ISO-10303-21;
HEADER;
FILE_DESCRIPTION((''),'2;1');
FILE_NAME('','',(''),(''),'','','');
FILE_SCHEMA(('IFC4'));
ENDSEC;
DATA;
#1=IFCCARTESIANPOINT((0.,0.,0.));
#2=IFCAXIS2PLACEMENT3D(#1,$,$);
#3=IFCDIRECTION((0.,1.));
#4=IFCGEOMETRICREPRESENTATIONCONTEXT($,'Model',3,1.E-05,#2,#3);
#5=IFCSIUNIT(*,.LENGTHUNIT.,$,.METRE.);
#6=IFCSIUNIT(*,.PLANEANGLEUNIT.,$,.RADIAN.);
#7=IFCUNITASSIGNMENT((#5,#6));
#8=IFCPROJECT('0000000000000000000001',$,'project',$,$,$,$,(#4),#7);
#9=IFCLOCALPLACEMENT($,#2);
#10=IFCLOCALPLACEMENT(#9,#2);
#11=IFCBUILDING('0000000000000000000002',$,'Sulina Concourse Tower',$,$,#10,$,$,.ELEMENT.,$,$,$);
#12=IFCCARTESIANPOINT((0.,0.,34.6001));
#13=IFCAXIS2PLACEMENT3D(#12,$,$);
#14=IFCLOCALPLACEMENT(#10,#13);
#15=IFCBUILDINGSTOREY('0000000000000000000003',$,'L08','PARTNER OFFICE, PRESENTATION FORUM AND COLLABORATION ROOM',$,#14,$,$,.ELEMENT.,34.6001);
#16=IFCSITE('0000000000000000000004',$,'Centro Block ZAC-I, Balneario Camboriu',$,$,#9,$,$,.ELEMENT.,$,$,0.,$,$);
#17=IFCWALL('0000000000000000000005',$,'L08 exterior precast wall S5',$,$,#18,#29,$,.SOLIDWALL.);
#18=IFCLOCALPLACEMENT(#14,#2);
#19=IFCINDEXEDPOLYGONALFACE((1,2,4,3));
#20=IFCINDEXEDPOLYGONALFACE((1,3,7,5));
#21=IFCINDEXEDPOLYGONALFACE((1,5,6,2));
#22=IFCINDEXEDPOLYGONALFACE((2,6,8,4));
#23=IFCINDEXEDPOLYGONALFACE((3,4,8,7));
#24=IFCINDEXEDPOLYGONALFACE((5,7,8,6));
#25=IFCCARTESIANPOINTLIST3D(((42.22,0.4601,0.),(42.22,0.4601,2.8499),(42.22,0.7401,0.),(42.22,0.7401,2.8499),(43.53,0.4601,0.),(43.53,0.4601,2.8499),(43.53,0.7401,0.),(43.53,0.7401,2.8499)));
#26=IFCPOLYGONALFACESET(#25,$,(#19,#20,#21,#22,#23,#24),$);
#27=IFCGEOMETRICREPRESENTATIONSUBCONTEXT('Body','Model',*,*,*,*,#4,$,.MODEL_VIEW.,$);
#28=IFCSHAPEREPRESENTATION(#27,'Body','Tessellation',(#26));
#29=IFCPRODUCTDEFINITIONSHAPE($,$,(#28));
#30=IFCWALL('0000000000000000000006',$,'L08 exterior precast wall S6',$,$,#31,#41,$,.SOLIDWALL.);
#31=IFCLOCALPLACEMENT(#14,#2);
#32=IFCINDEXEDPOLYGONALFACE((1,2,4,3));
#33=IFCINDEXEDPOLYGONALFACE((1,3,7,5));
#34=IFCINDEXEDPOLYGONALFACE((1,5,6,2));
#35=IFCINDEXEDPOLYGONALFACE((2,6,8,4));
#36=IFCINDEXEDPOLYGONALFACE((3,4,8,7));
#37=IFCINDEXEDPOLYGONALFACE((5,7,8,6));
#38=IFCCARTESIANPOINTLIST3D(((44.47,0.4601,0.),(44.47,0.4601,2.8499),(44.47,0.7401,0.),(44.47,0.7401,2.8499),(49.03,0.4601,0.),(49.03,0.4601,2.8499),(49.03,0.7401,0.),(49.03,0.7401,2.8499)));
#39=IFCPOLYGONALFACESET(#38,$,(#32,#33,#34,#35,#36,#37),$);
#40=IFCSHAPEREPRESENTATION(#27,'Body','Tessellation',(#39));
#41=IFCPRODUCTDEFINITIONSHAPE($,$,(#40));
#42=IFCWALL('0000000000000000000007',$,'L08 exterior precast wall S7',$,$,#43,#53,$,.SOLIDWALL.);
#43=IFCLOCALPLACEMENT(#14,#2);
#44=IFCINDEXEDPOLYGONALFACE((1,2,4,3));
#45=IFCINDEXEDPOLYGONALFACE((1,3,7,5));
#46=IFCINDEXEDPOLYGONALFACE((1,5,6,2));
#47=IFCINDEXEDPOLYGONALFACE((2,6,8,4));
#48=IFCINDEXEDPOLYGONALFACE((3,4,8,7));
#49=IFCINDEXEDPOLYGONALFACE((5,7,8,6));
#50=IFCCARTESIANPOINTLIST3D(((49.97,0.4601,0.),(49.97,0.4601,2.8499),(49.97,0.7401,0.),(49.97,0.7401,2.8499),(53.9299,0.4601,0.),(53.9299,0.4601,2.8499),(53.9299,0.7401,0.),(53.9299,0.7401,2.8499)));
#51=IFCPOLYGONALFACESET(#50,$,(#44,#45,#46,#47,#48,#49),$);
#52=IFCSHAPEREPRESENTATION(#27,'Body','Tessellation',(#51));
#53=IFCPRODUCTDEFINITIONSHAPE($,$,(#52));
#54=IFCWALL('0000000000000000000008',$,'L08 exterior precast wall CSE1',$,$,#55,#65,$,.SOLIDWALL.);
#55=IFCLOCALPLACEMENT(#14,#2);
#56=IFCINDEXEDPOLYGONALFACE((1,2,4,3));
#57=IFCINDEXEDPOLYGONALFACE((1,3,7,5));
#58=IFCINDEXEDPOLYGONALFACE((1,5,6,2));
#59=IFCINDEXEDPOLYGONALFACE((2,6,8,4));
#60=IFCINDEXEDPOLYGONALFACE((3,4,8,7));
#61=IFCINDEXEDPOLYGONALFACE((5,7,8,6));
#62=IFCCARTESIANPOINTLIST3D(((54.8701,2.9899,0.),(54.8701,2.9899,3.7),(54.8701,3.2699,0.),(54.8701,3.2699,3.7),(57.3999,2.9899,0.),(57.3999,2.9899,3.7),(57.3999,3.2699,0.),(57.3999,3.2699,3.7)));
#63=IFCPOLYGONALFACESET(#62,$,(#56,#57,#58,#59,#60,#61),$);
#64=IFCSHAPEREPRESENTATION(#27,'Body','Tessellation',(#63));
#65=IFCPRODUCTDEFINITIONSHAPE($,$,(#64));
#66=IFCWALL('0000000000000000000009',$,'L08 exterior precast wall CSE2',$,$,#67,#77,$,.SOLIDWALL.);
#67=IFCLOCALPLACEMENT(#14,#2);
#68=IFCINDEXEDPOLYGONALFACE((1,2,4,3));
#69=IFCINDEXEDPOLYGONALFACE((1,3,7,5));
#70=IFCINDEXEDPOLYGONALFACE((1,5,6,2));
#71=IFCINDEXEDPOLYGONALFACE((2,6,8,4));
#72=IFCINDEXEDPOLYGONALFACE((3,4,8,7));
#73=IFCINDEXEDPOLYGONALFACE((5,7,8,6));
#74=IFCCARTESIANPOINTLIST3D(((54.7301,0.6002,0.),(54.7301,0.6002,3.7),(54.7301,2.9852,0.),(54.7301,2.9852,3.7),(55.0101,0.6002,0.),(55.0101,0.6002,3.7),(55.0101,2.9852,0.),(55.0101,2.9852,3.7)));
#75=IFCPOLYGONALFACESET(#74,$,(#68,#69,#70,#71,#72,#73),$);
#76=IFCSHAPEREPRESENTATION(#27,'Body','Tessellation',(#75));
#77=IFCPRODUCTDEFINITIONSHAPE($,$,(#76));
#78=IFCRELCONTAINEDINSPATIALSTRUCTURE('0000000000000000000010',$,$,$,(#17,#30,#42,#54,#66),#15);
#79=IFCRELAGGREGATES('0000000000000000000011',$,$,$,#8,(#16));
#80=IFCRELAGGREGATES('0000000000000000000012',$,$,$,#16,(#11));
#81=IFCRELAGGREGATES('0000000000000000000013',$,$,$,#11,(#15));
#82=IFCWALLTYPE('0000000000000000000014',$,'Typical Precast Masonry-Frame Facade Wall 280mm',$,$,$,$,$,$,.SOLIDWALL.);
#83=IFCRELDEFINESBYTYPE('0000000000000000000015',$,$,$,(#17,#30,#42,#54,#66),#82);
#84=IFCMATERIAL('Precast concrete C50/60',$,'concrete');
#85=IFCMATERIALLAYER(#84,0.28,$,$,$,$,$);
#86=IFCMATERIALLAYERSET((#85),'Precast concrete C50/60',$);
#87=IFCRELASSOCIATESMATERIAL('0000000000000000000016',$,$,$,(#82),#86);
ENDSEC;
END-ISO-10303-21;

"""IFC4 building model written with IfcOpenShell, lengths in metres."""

from ifc_helpers import new_model, si_unit, direction, frame, frame_2d, origin, place, context, subcontext, project, spatial, rectangle, extrude, material, layer, layer_set, type_object, element, save


model = new_model("IFC4")

# Units and contexts
model_context = context("Model", 3, precision=1e-05, world=origin(), true_north=direction((0.0, 1.0)))
body_context = subcontext(model_context, "Body", "Model", "MODEL_VIEW")
ifc_project = project(units=[si_unit("LENGTHUNIT", "METRE"), si_unit("PLANEANGLEUNIT", "RADIAN")], contexts=[model_context])

# Site, building, storey
site_placement = place(None, origin())
site = spatial("IfcSite", under=ifc_project, at=site_placement, Name="Centro Block ZAC-I, Balneario Camboriu", CompositionType="ELEMENT", RefElevation=0.0)
building_placement = place(site_placement, origin())
building = spatial("IfcBuilding", under=site, at=building_placement, Name="Sulina Concourse Tower", CompositionType="ELEMENT")
storey_placement = place(building_placement, frame((0.0, 0.0, 34.6001)))
storey = spatial("IfcBuildingStorey", under=building, at=storey_placement, Name="L08", Description="PARTNER OFFICE, PRESENTATION FORUM AND COLLABORATION ROOM", CompositionType="ELEMENT", Elevation=34.6001)

# Walls
ifc_material_1 = material(Name="Precast concrete C50/60", Category="concrete")
ifc_layer_1 = layer(ifc_material_1, 0.28)
ifc_layer_set_1 = layer_set([ifc_layer_1], Name="Precast concrete C50/60")
wall_type_1 = type_object("IfcWallType", Name="Typical Precast Masonry-Frame Facade Wall 280mm", PredefinedType="SOLIDWALL", material=ifc_layer_set_1)
wall_1_placement = place(storey_placement, frame((43.53, 0.6001, 0.0), z_axis=(0.0, 0.0, 1.0), x_axis=(-1.0, 0.0, 0.0)))
element("IfcWall", 1, at=wall_1_placement, inside=storey, type_object=wall_type_1, Name="L08 exterior precast wall S5", PredefinedType="SOLIDWALL", context=body_context, shape_type="SweptSolid", body=[
    extrude(rectangle(XDim=1.3101, YDim=0.28, at=frame_2d((0.655, 0.0))), origin(), (0.0, 0.0, 1.0), 2.8499),
])
wall_2_placement = place(storey_placement, frame((49.03, 0.6001, 0.0), z_axis=(0.0, 0.0, 1.0), x_axis=(-1.0, 0.0, 0.0)))
element("IfcWall", 2, at=wall_2_placement, inside=storey, type_object=wall_type_1, Name="L08 exterior precast wall S6", PredefinedType="SOLIDWALL", context=body_context, shape_type="SweptSolid", body=[
    extrude(rectangle(XDim=4.5601, YDim=0.28, at=frame_2d((2.28, 0.0))), origin(), (0.0, 0.0, 1.0), 2.8499),
])
wall_3_placement = place(storey_placement, frame((53.9299, 0.6001, 0.0), z_axis=(0.0, 0.0, 1.0), x_axis=(-1.0, 0.0, 0.0)))
element("IfcWall", 3, at=wall_3_placement, inside=storey, type_object=wall_type_1, Name="L08 exterior precast wall S7", PredefinedType="SOLIDWALL", context=body_context, shape_type="SweptSolid", body=[
    extrude(rectangle(XDim=3.96, YDim=0.28, at=frame_2d((1.98, 0.0))), origin(), (0.0, 0.0, 1.0), 2.8499),
])
wall_4_placement = place(storey_placement, frame((57.3999, 3.1299, 0.0), z_axis=(0.0, 0.0, 1.0), x_axis=(-1.0, 0.0, 0.0)))
element("IfcWall", 4, at=wall_4_placement, inside=storey, type_object=wall_type_1, Name="L08 exterior precast wall CSE1", PredefinedType="SOLIDWALL", context=body_context, shape_type="SweptSolid", body=[
    extrude(rectangle(XDim=2.5298, YDim=0.28, at=frame_2d((1.2649, 0.0))), origin(), (0.0, 0.0, 1.0), 3.7),
])
wall_5_placement = place(storey_placement, frame((54.8701, 2.9851, 0.0), z_axis=(0.0, 0.0, 1.0), x_axis=(0.0, -1.0, 0.0)))
element("IfcWall", 5, at=wall_5_placement, inside=storey, type_object=wall_type_1, Name="L08 exterior precast wall CSE2", PredefinedType="SOLIDWALL", context=body_context, shape_type="SweptSolid", body=[
    extrude(rectangle(XDim=2.385, YDim=0.28, at=frame_2d((1.1924, 0.0))), origin(), (0.0, 0.0, 1.0), 3.7),
])

save(model, "model.ifc")
